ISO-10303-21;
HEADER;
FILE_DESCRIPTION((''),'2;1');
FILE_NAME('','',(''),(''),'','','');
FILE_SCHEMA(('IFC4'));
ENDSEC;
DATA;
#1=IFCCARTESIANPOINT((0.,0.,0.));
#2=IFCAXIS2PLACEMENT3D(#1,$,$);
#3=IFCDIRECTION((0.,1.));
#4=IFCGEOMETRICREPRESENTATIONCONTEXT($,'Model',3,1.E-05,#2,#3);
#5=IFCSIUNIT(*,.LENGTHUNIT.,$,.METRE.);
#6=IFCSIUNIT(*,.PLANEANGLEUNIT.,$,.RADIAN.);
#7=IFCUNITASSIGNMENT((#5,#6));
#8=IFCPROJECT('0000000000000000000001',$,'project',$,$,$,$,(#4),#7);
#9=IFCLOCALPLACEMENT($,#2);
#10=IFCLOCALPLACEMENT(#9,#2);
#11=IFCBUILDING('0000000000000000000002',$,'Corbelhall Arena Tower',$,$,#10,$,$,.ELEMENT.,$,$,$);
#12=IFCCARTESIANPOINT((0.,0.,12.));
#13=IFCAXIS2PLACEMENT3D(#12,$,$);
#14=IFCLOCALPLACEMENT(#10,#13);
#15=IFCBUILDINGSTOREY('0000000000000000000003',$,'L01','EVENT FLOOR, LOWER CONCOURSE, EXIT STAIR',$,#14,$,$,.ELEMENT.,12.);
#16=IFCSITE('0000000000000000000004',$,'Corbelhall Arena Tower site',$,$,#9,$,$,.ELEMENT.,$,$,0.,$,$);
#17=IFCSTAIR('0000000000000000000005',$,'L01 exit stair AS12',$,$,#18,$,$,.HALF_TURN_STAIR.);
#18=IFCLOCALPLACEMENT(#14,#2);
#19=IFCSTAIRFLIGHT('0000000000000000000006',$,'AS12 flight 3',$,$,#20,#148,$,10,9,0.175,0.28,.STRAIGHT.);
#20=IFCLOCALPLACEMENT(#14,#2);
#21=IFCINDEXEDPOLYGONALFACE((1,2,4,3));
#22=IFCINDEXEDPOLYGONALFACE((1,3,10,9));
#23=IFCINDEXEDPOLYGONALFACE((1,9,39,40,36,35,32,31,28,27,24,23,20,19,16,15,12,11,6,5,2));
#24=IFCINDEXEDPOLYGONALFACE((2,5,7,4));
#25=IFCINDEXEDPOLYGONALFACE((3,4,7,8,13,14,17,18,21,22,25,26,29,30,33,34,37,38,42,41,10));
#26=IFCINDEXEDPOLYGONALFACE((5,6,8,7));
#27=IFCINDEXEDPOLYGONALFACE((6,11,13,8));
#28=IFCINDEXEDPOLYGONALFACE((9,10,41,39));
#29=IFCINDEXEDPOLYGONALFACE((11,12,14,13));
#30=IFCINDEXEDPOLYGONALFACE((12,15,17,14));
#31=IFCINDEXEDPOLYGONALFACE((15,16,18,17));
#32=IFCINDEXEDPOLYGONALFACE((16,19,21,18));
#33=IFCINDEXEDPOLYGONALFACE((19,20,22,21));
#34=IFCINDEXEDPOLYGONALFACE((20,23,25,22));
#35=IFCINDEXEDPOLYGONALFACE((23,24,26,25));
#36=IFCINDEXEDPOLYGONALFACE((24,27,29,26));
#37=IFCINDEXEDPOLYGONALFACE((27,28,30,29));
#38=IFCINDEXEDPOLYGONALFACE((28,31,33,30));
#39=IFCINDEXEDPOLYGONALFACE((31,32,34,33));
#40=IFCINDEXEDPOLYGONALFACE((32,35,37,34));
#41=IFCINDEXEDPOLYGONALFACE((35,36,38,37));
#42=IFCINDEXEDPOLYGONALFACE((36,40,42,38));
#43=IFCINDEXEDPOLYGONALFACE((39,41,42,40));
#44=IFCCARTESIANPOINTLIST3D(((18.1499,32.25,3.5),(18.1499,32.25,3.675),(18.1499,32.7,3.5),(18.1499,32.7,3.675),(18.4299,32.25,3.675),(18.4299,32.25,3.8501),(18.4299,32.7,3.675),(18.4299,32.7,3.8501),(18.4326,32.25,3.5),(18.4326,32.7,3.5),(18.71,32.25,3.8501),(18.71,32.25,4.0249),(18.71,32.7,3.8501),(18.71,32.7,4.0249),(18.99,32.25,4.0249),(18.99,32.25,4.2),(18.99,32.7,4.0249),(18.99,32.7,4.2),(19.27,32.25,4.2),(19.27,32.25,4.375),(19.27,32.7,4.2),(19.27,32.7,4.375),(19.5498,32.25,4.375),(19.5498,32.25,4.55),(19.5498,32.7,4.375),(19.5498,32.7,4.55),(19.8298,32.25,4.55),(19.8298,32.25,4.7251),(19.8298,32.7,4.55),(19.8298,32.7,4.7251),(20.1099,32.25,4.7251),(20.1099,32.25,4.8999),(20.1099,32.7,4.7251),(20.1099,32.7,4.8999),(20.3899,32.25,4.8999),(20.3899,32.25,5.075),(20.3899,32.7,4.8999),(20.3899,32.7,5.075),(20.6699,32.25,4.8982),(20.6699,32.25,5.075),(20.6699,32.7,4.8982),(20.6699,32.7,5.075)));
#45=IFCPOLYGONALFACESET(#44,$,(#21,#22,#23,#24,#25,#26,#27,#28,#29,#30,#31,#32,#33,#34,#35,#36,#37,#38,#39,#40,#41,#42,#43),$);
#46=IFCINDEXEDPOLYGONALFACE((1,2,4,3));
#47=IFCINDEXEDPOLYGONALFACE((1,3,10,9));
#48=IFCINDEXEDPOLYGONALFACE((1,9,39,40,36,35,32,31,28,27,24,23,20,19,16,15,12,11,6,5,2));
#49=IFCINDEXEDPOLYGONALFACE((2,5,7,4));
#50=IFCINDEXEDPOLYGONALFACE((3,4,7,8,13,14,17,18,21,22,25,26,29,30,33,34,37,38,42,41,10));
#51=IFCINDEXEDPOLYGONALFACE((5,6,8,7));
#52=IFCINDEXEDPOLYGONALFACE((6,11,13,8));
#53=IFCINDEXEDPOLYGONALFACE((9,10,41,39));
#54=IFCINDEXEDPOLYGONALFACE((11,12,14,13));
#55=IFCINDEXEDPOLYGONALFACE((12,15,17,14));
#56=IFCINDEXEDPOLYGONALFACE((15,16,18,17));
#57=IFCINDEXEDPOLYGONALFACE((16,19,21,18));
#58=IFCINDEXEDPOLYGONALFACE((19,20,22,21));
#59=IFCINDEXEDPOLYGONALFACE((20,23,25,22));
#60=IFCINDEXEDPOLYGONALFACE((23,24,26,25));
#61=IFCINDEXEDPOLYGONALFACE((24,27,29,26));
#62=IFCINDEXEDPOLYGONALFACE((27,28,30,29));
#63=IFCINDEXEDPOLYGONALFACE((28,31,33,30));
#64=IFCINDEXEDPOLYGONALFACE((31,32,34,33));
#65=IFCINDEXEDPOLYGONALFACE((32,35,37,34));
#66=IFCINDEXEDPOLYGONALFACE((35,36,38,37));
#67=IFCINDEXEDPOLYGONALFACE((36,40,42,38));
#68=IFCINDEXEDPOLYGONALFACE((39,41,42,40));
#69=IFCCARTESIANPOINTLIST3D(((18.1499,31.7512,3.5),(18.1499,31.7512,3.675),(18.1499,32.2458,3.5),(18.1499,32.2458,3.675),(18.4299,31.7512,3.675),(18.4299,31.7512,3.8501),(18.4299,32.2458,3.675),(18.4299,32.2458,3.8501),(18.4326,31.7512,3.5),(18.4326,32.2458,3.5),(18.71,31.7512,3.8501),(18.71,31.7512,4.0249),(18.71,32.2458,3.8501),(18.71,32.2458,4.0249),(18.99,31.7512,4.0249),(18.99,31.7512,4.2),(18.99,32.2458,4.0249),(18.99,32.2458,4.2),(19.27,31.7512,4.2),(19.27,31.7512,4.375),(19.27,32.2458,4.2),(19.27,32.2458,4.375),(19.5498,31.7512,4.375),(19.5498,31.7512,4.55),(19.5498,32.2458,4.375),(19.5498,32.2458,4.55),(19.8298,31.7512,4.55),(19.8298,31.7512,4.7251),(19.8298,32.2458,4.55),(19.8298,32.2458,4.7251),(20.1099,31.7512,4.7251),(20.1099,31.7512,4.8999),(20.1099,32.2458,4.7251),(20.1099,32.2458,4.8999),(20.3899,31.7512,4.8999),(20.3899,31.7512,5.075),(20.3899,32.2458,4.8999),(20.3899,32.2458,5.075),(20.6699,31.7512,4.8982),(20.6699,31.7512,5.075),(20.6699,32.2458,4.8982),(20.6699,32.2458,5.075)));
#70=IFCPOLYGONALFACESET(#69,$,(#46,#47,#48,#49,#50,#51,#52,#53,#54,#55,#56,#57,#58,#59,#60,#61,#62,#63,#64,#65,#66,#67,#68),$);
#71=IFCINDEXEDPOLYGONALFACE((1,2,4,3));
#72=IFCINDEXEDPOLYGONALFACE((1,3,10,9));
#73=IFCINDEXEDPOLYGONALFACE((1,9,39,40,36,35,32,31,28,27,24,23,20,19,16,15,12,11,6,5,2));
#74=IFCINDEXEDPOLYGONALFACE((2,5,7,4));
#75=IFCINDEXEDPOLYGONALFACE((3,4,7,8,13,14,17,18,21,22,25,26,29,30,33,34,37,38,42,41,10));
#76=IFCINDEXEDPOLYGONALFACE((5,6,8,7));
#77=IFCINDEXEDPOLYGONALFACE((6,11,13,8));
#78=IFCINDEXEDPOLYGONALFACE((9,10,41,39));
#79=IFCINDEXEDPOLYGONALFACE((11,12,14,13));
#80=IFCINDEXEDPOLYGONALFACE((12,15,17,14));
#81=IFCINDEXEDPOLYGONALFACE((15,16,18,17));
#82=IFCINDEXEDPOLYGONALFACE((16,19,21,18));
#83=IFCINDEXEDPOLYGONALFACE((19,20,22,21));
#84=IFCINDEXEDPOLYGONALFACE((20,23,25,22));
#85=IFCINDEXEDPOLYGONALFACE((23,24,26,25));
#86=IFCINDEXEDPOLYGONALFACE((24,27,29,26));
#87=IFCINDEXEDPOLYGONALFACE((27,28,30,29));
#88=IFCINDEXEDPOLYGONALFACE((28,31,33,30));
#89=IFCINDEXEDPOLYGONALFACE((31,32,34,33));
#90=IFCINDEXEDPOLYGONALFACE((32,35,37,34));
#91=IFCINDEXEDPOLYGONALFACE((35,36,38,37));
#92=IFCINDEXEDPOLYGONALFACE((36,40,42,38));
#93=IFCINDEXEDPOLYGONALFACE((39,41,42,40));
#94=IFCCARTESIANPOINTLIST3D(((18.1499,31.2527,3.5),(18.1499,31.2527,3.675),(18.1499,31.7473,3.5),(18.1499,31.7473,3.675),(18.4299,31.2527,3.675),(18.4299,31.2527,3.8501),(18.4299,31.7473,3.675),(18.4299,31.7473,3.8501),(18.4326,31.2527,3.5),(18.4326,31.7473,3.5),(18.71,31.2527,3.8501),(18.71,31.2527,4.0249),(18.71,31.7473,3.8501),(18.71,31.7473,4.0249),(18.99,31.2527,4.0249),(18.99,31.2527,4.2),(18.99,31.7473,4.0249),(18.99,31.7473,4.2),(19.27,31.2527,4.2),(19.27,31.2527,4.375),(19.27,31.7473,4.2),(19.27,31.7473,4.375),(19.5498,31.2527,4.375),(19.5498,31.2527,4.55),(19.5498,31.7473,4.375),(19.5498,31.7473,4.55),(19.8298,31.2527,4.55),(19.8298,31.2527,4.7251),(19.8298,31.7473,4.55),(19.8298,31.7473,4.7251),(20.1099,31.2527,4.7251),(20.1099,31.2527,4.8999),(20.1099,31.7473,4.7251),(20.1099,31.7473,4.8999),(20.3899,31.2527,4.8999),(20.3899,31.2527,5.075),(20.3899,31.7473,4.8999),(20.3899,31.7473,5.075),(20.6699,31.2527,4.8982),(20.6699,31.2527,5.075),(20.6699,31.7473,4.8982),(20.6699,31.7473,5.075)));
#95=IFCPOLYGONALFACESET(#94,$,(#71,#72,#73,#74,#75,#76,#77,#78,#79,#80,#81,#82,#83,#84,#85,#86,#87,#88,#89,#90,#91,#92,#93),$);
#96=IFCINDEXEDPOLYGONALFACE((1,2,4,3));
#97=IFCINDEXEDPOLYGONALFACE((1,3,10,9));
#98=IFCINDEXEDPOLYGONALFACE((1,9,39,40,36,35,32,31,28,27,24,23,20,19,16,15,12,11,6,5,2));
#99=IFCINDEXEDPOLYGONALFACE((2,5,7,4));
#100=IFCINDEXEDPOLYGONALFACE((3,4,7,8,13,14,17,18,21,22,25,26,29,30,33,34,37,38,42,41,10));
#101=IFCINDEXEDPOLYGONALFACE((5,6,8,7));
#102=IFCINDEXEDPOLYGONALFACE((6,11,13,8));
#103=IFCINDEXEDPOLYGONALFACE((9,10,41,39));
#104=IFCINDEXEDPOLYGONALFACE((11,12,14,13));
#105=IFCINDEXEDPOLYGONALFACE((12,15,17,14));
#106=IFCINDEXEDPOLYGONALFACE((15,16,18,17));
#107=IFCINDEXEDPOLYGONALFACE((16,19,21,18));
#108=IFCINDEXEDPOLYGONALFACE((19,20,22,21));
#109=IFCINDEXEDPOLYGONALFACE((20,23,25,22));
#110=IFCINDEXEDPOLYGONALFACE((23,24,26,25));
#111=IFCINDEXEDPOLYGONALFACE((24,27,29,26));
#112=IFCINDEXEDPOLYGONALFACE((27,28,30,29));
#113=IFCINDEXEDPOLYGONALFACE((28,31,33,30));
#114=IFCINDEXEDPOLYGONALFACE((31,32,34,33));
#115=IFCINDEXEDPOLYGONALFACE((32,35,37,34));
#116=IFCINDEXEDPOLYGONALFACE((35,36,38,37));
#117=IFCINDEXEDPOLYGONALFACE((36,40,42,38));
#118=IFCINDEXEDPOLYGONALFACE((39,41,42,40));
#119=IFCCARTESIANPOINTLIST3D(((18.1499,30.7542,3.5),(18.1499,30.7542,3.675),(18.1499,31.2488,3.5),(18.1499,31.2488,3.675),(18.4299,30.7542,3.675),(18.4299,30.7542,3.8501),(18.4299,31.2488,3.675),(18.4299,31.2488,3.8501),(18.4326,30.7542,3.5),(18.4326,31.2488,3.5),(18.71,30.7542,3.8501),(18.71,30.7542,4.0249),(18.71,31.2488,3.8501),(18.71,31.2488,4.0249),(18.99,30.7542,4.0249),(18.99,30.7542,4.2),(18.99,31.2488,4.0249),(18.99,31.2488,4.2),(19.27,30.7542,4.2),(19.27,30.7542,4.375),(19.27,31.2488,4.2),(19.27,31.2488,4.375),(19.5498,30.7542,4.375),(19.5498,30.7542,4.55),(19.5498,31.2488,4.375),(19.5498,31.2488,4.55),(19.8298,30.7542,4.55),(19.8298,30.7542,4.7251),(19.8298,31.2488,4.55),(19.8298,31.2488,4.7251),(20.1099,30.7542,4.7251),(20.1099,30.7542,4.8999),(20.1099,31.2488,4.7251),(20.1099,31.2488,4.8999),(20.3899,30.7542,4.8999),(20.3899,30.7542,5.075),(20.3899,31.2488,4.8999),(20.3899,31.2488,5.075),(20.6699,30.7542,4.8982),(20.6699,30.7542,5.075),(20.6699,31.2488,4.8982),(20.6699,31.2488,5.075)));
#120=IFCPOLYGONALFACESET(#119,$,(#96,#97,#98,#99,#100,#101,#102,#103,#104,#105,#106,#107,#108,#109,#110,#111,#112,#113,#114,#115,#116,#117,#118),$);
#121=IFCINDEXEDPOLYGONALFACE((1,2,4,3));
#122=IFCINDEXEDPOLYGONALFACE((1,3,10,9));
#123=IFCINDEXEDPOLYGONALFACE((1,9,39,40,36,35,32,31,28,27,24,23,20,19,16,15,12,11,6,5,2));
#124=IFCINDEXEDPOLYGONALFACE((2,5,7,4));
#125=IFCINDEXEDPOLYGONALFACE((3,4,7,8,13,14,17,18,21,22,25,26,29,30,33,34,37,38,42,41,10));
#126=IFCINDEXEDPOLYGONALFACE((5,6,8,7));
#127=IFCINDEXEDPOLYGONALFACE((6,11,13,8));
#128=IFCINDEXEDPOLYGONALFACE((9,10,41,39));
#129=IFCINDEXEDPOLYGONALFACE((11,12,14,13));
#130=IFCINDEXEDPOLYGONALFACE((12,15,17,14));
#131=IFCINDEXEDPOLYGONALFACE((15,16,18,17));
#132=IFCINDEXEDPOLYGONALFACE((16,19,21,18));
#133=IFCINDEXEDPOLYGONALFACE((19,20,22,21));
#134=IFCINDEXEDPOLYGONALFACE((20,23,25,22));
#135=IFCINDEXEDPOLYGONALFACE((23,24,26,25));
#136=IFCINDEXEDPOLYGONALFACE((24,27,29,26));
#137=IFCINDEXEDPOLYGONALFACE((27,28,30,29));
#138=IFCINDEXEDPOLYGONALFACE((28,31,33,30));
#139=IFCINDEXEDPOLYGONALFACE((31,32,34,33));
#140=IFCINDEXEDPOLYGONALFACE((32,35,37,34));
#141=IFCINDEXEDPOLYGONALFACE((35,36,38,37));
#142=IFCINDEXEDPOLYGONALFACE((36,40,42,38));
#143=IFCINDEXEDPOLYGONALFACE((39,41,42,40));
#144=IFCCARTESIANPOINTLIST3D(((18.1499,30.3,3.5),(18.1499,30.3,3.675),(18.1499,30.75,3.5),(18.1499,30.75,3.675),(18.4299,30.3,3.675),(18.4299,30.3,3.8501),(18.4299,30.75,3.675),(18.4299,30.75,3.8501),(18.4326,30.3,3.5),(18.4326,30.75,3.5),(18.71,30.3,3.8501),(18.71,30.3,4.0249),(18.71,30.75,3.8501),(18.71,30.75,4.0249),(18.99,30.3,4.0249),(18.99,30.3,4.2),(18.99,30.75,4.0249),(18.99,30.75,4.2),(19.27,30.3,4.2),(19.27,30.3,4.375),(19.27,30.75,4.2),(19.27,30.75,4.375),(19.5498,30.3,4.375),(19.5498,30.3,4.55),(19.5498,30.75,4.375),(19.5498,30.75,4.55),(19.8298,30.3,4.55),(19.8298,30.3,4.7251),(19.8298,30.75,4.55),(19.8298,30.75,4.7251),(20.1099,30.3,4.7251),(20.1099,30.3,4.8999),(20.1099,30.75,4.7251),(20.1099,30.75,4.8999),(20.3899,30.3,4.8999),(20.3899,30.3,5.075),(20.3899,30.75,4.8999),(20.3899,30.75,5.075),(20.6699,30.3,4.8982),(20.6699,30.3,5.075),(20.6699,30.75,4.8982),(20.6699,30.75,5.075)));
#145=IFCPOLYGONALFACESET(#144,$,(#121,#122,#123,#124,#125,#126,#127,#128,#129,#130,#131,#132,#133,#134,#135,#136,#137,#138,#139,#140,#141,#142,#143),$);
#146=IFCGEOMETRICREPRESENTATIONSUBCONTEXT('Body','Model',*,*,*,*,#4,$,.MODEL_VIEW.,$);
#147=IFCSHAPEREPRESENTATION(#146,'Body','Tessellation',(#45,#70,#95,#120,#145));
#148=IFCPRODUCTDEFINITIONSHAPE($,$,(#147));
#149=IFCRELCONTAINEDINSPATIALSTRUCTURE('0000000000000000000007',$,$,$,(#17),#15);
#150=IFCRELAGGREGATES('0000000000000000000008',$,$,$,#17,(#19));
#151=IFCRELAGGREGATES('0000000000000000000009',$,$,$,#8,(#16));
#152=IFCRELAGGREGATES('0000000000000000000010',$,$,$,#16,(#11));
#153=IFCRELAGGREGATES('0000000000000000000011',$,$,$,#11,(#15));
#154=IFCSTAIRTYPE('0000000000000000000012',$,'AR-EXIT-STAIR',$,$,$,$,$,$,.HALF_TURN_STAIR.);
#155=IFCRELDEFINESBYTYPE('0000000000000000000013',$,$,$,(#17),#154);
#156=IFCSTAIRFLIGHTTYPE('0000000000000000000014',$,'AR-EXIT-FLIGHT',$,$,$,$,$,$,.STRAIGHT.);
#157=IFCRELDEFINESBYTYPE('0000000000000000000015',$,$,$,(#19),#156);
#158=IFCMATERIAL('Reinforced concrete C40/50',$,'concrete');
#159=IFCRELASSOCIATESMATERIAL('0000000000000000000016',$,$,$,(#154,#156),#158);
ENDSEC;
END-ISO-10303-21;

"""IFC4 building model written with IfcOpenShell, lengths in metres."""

from ifc_helpers import new_model, si_unit, direction, frame, origin, place, context, subcontext, project, spatial, polyline, outline, extrude, material, type_object, element, aggregate, save


model = new_model("IFC4")

# Units and contexts
model_context = context("Model", 3, precision=1e-05, world=origin(), true_north=direction((0.0, 1.0)))
body_context = subcontext(model_context, "Body", "Model", "MODEL_VIEW")
ifc_project = project(units=[si_unit("LENGTHUNIT", "METRE"), si_unit("PLANEANGLEUNIT", "RADIAN")], contexts=[model_context])

# Site, building, storey
site_placement = place(None, origin())
site = spatial("IfcSite", under=ifc_project, at=site_placement, Name="Corbelhall Arena Tower site", CompositionType="ELEMENT", RefElevation=0.0)
building_placement = place(site_placement, origin())
building = spatial("IfcBuilding", under=site, at=building_placement, Name="Corbelhall Arena Tower", CompositionType="ELEMENT")
storey_placement = place(building_placement, frame((0.0, 0.0, 12.0)))
storey = spatial("IfcBuildingStorey", under=building, at=storey_placement, Name="L01", Description="EVENT FLOOR, LOWER CONCOURSE, EXIT STAIR", CompositionType="ELEMENT", Elevation=12.0)

# Stair, stair flight
ifc_material_1 = material(Name="Reinforced concrete C40/50", Category="concrete")
stair_type = type_object("IfcStairType", Name="AR-EXIT-STAIR", PredefinedType="HALF_TURN_STAIR", material=ifc_material_1)
stair_placement = place(storey_placement, origin())
stair = element("IfcStair", 1, at=stair_placement, inside=storey, type_object=stair_type, Name="L01 exit stair AS12", PredefinedType="HALF_TURN_STAIR")
stair_flight_type = type_object("IfcStairFlightType", Name="AR-EXIT-FLIGHT", PredefinedType="STRAIGHT", material=ifc_material_1)
stair_flight_1_placement = place(storey_placement, frame((18.1499, 31.5, 3.5), z_axis=(0.0, 0.0, 1.0), x_axis=(1.0, 0.0, 0.0)))
stair_flight_1 = element("IfcStairFlight", 2, at=stair_flight_1_placement, type_object=stair_flight_type, Name="AS12 flight 3", NumberOfRisers=10, NumberOfTreads=9, PredefinedType="STRAIGHT", RiserHeight=0.175, TreadLength=0.28, context=body_context, shape_type="SweptSolid", body=[
    extrude(outline(polyline([(0.0, 0.0), (0.0, 0.175), (0.28, 0.175), (0.28, 0.3501), (0.5601, 0.3501), (0.5601, 0.5249), (0.8401, 0.5249), (0.8401, 0.7), (1.1201, 0.7), (1.1201, 0.875), (1.3999, 0.875), (1.3999, 1.05), (1.6799, 1.05), (1.6799, 1.2251), (1.96, 1.2251), (1.96, 1.3999), (2.24, 1.3999), (2.24, 1.575), (2.52, 1.575), (2.52, 1.75), (2.52, 1.3982), (0.2827, 0.0), (0.0, 0.0)])), frame((0.0, 1.2, 0.0), z_axis=(0.0, -1.0, 0.0), x_axis=(1.0, 0.0, 0.0)), (0.0, 0.0, 1.0), 0.45),
    extrude(outline(polyline([(0.0, 0.0), (0.0, 0.175), (0.28, 0.175), (0.28, 0.3501), (0.5601, 0.3501), (0.5601, 0.5249), (0.8401, 0.5249), (0.8401, 0.7), (1.1201, 0.7), (1.1201, 0.875), (1.3999, 0.875), (1.3999, 1.05), (1.6799, 1.05), (1.6799, 1.2251), (1.96, 1.2251), (1.96, 1.3999), (2.24, 1.3999), (2.24, 1.575), (2.52, 1.575), (2.52, 1.75), (2.52, 1.3982), (0.2827, 0.0), (0.0, 0.0)])), frame((0.0, 0.7458, 0.0), z_axis=(0.0, -1.0, 0.0), x_axis=(1.0, 0.0, 0.0)), (0.0, 0.0, 1.0), 0.4946),
    extrude(outline(polyline([(0.0, 0.0), (0.0, 0.175), (0.28, 0.175), (0.28, 0.3501), (0.5601, 0.3501), (0.5601, 0.5249), (0.8401, 0.5249), (0.8401, 0.7), (1.1201, 0.7), (1.1201, 0.875), (1.3999, 0.875), (1.3999, 1.05), (1.6799, 1.05), (1.6799, 1.2251), (1.96, 1.2251), (1.96, 1.3999), (2.24, 1.3999), (2.24, 1.575), (2.52, 1.575), (2.52, 1.75), (2.52, 1.3982), (0.2827, 0.0), (0.0, 0.0)])), frame((0.0, 0.2473, 0.0), z_axis=(0.0, -1.0, 0.0), x_axis=(1.0, 0.0, 0.0)), (0.0, 0.0, 1.0), 0.4946),
    extrude(outline(polyline([(0.0, 0.0), (0.0, 0.175), (0.28, 0.175), (0.28, 0.3501), (0.5601, 0.3501), (0.5601, 0.5249), (0.8401, 0.5249), (0.8401, 0.7), (1.1201, 0.7), (1.1201, 0.875), (1.3999, 0.875), (1.3999, 1.05), (1.6799, 1.05), (1.6799, 1.2251), (1.96, 1.2251), (1.96, 1.3999), (2.24, 1.3999), (2.24, 1.575), (2.52, 1.575), (2.52, 1.75), (2.52, 1.3982), (0.2827, 0.0), (0.0, 0.0)])), frame((0.0, -0.2512, 0.0), z_axis=(0.0, -1.0, 0.0), x_axis=(1.0, 0.0, 0.0)), (0.0, 0.0, 1.0), 0.4946),
    extrude(outline(polyline([(0.0, 0.0), (0.0, 0.175), (0.28, 0.175), (0.28, 0.3501), (0.5601, 0.3501), (0.5601, 0.5249), (0.8401, 0.5249), (0.8401, 0.7), (1.1201, 0.7), (1.1201, 0.875), (1.3999, 0.875), (1.3999, 1.05), (1.6799, 1.05), (1.6799, 1.2251), (1.96, 1.2251), (1.96, 1.3999), (2.24, 1.3999), (2.24, 1.575), (2.52, 1.575), (2.52, 1.75), (2.52, 1.3982), (0.2827, 0.0), (0.0, 0.0)])), frame((0.0, -0.75, 0.0), z_axis=(0.0, -1.0, 0.0), x_axis=(1.0, 0.0, 0.0)), (0.0, 0.0, 1.0), 0.45),
])
aggregate(stair, [stair_flight_1])

save(model, "model.ifc")
